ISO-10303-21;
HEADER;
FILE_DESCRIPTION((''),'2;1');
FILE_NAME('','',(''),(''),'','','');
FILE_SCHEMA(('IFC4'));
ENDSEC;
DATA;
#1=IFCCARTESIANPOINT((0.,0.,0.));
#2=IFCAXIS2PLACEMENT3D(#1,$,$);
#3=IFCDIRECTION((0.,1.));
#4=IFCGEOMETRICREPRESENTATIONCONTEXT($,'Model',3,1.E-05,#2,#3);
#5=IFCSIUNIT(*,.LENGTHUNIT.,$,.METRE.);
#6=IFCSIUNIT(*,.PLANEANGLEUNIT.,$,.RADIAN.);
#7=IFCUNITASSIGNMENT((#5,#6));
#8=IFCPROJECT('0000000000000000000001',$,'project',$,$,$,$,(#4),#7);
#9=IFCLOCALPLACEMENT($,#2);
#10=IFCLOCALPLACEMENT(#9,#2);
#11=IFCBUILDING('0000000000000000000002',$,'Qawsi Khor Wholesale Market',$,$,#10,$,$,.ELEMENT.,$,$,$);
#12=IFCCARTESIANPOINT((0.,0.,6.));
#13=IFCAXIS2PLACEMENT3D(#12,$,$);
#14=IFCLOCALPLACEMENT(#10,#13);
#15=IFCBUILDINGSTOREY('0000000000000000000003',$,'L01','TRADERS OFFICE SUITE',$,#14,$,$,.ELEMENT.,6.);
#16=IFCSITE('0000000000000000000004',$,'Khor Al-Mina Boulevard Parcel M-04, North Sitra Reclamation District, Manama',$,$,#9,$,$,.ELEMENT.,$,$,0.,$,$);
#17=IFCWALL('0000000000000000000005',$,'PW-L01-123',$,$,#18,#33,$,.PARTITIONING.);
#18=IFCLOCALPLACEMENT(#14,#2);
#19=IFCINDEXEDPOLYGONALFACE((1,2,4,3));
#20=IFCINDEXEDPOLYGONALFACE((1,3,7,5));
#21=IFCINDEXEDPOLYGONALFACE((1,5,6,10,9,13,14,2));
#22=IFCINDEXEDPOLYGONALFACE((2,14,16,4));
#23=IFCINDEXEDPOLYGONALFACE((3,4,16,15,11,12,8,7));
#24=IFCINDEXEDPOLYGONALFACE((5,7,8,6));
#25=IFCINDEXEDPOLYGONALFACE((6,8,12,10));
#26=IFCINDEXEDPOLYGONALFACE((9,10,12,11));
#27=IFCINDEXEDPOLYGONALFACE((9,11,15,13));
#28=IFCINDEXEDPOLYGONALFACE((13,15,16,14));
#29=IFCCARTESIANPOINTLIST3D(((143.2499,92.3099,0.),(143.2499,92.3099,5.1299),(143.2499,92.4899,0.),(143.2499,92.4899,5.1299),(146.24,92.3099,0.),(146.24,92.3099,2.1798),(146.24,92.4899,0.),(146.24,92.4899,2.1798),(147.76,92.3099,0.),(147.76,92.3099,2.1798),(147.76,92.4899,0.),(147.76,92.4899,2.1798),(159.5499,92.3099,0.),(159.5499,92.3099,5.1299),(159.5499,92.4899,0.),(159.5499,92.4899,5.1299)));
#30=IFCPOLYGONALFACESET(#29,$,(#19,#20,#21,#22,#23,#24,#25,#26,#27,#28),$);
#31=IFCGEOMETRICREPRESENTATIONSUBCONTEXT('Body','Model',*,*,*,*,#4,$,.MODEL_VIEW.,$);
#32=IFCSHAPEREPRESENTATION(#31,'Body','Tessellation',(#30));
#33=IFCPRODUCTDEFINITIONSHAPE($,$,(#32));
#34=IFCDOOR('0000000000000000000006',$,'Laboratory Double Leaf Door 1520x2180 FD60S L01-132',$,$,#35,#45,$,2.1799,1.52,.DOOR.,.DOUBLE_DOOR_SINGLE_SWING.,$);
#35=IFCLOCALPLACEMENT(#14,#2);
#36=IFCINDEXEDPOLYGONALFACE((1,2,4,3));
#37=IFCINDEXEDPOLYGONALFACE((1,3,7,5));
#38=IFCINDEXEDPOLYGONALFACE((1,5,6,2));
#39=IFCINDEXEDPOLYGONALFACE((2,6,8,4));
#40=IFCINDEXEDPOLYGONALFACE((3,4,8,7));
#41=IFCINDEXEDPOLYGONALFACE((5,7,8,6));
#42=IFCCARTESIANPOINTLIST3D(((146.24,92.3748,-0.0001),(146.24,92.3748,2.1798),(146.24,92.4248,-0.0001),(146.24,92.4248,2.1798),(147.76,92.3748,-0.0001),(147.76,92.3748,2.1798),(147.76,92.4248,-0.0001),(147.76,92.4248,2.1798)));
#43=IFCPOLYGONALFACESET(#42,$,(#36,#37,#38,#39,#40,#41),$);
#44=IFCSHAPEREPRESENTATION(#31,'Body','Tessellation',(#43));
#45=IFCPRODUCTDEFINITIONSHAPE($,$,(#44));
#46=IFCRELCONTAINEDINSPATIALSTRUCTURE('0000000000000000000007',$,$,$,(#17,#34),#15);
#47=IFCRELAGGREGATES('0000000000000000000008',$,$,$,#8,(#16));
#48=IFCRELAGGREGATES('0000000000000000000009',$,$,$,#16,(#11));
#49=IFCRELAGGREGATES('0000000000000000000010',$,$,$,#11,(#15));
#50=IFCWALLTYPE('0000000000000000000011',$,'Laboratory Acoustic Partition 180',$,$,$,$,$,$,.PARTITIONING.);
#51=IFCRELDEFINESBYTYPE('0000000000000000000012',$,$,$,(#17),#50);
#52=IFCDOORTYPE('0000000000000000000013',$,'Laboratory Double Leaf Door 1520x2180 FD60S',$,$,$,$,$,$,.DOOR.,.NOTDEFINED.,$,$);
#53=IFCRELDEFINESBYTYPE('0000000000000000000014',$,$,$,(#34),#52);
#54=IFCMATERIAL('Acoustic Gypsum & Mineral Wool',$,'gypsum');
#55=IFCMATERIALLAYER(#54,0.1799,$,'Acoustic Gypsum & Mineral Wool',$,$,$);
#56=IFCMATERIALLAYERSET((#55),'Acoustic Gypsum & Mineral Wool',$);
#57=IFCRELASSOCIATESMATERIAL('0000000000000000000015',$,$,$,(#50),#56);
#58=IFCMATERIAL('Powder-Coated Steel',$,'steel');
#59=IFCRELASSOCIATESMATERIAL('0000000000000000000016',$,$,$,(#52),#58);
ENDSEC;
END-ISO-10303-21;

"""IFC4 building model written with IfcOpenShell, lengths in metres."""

from ifc_helpers import new_model, si_unit, direction, frame, frame_2d, origin, place, context, subcontext, project, spatial, rectangle, extrude, material, layer, layer_set, type_object, element, fill, save


model = new_model("IFC4")

# Units and contexts
model_context = context("Model", 3, precision=1e-05, world=origin(), true_north=direction((0.0, 1.0)))
body_context = subcontext(model_context, "Body", "Model", "MODEL_VIEW")
ifc_project = project(units=[si_unit("LENGTHUNIT", "METRE"), si_unit("PLANEANGLEUNIT", "RADIAN")], contexts=[model_context])

# Site, building, storey
site_placement = place(None, origin())
site = spatial("IfcSite", under=ifc_project, at=site_placement, Name="Khor Al-Mina Boulevard Parcel M-04, North Sitra Reclamation District, Manama", CompositionType="ELEMENT", RefElevation=0.0)
building_placement = place(site_placement, origin())
building = spatial("IfcBuilding", under=site, at=building_placement, Name="Qawsi Khor Wholesale Market", CompositionType="ELEMENT")
storey_placement = place(building_placement, frame((0.0, 0.0, 6.0)))
storey = spatial("IfcBuildingStorey", under=building, at=storey_placement, Name="L01", Description="TRADERS OFFICE SUITE", CompositionType="ELEMENT", Elevation=6.0)

# Wall, opening, door
ifc_material_1 = material(Name="Acoustic Gypsum & Mineral Wool", Category="gypsum")
ifc_layer_1 = layer(ifc_material_1, 0.1799, Name="Acoustic Gypsum & Mineral Wool")
ifc_layer_set_1 = layer_set([ifc_layer_1], Name="Acoustic Gypsum & Mineral Wool")
wall_type = type_object("IfcWallType", Name="Laboratory Acoustic Partition 180", PredefinedType="PARTITIONING", material=ifc_layer_set_1)
wall_placement = place(storey_placement, frame((143.25, 92.3999, 0.0), z_axis=(0.0, 0.0, 1.0), x_axis=(1.0, 0.0, 0.0)))
wall = element("IfcWall", 1, at=wall_placement, inside=storey, type_object=wall_type, Name="PW-L01-123", PredefinedType="PARTITIONING", context=body_context, shape_type="SweptSolid", body=[
    extrude(rectangle(XDim=16.3, YDim=0.1799, at=frame_2d((8.1499, 0.0))), origin(), (0.0, 0.0, 1.0), 5.1299),
])
opening_placement = place(wall_placement, frame((2.99, 0.0, 0.0)))
opening = element("IfcOpeningElement", 2, at=opening_placement, cuts=wall, PredefinedType="OPENING", context=body_context, shape_type="SweptSolid", body=[
    extrude(rectangle(XDim=1.52, YDim=2.1799, at=frame_2d((0.76, 1.0898))), frame((0.0, 0.0999, 0.0), z_axis=(0.0, -1.0, 0.0), x_axis=(1.0, 0.0, 0.0)), (0.0, 0.0, 1.0), 0.2),
])
ifc_material_2 = material(Name="Powder-Coated Steel", Category="steel")
door_type = type_object("IfcDoorType", Name="Laboratory Double Leaf Door 1520x2180 FD60S", OperationType="NOTDEFINED", PredefinedType="DOOR", material=ifc_material_2)
door_placement = place(opening_placement, origin())
door = element("IfcDoor", 3, at=door_placement, inside=storey, type_object=door_type, Name="Laboratory Double Leaf Door 1520x2180 FD60S L01-132", OperationType="DOUBLE_DOOR_SINGLE_SWING", OverallHeight=2.1799, OverallWidth=1.52, PredefinedType="DOOR", context=body_context, shape_type="SweptSolid", body=[
    extrude(rectangle(XDim=1.52, YDim=2.1799, at=frame_2d((0.76, 1.0898))), frame((0.0, 0.0249, 0.0), z_axis=(0.0, -1.0, 0.0), x_axis=(1.0, 0.0, 0.0)), (0.0, 0.0, 1.0), 0.05),
])
fill(opening, door)

save(model, "model.ifc")
